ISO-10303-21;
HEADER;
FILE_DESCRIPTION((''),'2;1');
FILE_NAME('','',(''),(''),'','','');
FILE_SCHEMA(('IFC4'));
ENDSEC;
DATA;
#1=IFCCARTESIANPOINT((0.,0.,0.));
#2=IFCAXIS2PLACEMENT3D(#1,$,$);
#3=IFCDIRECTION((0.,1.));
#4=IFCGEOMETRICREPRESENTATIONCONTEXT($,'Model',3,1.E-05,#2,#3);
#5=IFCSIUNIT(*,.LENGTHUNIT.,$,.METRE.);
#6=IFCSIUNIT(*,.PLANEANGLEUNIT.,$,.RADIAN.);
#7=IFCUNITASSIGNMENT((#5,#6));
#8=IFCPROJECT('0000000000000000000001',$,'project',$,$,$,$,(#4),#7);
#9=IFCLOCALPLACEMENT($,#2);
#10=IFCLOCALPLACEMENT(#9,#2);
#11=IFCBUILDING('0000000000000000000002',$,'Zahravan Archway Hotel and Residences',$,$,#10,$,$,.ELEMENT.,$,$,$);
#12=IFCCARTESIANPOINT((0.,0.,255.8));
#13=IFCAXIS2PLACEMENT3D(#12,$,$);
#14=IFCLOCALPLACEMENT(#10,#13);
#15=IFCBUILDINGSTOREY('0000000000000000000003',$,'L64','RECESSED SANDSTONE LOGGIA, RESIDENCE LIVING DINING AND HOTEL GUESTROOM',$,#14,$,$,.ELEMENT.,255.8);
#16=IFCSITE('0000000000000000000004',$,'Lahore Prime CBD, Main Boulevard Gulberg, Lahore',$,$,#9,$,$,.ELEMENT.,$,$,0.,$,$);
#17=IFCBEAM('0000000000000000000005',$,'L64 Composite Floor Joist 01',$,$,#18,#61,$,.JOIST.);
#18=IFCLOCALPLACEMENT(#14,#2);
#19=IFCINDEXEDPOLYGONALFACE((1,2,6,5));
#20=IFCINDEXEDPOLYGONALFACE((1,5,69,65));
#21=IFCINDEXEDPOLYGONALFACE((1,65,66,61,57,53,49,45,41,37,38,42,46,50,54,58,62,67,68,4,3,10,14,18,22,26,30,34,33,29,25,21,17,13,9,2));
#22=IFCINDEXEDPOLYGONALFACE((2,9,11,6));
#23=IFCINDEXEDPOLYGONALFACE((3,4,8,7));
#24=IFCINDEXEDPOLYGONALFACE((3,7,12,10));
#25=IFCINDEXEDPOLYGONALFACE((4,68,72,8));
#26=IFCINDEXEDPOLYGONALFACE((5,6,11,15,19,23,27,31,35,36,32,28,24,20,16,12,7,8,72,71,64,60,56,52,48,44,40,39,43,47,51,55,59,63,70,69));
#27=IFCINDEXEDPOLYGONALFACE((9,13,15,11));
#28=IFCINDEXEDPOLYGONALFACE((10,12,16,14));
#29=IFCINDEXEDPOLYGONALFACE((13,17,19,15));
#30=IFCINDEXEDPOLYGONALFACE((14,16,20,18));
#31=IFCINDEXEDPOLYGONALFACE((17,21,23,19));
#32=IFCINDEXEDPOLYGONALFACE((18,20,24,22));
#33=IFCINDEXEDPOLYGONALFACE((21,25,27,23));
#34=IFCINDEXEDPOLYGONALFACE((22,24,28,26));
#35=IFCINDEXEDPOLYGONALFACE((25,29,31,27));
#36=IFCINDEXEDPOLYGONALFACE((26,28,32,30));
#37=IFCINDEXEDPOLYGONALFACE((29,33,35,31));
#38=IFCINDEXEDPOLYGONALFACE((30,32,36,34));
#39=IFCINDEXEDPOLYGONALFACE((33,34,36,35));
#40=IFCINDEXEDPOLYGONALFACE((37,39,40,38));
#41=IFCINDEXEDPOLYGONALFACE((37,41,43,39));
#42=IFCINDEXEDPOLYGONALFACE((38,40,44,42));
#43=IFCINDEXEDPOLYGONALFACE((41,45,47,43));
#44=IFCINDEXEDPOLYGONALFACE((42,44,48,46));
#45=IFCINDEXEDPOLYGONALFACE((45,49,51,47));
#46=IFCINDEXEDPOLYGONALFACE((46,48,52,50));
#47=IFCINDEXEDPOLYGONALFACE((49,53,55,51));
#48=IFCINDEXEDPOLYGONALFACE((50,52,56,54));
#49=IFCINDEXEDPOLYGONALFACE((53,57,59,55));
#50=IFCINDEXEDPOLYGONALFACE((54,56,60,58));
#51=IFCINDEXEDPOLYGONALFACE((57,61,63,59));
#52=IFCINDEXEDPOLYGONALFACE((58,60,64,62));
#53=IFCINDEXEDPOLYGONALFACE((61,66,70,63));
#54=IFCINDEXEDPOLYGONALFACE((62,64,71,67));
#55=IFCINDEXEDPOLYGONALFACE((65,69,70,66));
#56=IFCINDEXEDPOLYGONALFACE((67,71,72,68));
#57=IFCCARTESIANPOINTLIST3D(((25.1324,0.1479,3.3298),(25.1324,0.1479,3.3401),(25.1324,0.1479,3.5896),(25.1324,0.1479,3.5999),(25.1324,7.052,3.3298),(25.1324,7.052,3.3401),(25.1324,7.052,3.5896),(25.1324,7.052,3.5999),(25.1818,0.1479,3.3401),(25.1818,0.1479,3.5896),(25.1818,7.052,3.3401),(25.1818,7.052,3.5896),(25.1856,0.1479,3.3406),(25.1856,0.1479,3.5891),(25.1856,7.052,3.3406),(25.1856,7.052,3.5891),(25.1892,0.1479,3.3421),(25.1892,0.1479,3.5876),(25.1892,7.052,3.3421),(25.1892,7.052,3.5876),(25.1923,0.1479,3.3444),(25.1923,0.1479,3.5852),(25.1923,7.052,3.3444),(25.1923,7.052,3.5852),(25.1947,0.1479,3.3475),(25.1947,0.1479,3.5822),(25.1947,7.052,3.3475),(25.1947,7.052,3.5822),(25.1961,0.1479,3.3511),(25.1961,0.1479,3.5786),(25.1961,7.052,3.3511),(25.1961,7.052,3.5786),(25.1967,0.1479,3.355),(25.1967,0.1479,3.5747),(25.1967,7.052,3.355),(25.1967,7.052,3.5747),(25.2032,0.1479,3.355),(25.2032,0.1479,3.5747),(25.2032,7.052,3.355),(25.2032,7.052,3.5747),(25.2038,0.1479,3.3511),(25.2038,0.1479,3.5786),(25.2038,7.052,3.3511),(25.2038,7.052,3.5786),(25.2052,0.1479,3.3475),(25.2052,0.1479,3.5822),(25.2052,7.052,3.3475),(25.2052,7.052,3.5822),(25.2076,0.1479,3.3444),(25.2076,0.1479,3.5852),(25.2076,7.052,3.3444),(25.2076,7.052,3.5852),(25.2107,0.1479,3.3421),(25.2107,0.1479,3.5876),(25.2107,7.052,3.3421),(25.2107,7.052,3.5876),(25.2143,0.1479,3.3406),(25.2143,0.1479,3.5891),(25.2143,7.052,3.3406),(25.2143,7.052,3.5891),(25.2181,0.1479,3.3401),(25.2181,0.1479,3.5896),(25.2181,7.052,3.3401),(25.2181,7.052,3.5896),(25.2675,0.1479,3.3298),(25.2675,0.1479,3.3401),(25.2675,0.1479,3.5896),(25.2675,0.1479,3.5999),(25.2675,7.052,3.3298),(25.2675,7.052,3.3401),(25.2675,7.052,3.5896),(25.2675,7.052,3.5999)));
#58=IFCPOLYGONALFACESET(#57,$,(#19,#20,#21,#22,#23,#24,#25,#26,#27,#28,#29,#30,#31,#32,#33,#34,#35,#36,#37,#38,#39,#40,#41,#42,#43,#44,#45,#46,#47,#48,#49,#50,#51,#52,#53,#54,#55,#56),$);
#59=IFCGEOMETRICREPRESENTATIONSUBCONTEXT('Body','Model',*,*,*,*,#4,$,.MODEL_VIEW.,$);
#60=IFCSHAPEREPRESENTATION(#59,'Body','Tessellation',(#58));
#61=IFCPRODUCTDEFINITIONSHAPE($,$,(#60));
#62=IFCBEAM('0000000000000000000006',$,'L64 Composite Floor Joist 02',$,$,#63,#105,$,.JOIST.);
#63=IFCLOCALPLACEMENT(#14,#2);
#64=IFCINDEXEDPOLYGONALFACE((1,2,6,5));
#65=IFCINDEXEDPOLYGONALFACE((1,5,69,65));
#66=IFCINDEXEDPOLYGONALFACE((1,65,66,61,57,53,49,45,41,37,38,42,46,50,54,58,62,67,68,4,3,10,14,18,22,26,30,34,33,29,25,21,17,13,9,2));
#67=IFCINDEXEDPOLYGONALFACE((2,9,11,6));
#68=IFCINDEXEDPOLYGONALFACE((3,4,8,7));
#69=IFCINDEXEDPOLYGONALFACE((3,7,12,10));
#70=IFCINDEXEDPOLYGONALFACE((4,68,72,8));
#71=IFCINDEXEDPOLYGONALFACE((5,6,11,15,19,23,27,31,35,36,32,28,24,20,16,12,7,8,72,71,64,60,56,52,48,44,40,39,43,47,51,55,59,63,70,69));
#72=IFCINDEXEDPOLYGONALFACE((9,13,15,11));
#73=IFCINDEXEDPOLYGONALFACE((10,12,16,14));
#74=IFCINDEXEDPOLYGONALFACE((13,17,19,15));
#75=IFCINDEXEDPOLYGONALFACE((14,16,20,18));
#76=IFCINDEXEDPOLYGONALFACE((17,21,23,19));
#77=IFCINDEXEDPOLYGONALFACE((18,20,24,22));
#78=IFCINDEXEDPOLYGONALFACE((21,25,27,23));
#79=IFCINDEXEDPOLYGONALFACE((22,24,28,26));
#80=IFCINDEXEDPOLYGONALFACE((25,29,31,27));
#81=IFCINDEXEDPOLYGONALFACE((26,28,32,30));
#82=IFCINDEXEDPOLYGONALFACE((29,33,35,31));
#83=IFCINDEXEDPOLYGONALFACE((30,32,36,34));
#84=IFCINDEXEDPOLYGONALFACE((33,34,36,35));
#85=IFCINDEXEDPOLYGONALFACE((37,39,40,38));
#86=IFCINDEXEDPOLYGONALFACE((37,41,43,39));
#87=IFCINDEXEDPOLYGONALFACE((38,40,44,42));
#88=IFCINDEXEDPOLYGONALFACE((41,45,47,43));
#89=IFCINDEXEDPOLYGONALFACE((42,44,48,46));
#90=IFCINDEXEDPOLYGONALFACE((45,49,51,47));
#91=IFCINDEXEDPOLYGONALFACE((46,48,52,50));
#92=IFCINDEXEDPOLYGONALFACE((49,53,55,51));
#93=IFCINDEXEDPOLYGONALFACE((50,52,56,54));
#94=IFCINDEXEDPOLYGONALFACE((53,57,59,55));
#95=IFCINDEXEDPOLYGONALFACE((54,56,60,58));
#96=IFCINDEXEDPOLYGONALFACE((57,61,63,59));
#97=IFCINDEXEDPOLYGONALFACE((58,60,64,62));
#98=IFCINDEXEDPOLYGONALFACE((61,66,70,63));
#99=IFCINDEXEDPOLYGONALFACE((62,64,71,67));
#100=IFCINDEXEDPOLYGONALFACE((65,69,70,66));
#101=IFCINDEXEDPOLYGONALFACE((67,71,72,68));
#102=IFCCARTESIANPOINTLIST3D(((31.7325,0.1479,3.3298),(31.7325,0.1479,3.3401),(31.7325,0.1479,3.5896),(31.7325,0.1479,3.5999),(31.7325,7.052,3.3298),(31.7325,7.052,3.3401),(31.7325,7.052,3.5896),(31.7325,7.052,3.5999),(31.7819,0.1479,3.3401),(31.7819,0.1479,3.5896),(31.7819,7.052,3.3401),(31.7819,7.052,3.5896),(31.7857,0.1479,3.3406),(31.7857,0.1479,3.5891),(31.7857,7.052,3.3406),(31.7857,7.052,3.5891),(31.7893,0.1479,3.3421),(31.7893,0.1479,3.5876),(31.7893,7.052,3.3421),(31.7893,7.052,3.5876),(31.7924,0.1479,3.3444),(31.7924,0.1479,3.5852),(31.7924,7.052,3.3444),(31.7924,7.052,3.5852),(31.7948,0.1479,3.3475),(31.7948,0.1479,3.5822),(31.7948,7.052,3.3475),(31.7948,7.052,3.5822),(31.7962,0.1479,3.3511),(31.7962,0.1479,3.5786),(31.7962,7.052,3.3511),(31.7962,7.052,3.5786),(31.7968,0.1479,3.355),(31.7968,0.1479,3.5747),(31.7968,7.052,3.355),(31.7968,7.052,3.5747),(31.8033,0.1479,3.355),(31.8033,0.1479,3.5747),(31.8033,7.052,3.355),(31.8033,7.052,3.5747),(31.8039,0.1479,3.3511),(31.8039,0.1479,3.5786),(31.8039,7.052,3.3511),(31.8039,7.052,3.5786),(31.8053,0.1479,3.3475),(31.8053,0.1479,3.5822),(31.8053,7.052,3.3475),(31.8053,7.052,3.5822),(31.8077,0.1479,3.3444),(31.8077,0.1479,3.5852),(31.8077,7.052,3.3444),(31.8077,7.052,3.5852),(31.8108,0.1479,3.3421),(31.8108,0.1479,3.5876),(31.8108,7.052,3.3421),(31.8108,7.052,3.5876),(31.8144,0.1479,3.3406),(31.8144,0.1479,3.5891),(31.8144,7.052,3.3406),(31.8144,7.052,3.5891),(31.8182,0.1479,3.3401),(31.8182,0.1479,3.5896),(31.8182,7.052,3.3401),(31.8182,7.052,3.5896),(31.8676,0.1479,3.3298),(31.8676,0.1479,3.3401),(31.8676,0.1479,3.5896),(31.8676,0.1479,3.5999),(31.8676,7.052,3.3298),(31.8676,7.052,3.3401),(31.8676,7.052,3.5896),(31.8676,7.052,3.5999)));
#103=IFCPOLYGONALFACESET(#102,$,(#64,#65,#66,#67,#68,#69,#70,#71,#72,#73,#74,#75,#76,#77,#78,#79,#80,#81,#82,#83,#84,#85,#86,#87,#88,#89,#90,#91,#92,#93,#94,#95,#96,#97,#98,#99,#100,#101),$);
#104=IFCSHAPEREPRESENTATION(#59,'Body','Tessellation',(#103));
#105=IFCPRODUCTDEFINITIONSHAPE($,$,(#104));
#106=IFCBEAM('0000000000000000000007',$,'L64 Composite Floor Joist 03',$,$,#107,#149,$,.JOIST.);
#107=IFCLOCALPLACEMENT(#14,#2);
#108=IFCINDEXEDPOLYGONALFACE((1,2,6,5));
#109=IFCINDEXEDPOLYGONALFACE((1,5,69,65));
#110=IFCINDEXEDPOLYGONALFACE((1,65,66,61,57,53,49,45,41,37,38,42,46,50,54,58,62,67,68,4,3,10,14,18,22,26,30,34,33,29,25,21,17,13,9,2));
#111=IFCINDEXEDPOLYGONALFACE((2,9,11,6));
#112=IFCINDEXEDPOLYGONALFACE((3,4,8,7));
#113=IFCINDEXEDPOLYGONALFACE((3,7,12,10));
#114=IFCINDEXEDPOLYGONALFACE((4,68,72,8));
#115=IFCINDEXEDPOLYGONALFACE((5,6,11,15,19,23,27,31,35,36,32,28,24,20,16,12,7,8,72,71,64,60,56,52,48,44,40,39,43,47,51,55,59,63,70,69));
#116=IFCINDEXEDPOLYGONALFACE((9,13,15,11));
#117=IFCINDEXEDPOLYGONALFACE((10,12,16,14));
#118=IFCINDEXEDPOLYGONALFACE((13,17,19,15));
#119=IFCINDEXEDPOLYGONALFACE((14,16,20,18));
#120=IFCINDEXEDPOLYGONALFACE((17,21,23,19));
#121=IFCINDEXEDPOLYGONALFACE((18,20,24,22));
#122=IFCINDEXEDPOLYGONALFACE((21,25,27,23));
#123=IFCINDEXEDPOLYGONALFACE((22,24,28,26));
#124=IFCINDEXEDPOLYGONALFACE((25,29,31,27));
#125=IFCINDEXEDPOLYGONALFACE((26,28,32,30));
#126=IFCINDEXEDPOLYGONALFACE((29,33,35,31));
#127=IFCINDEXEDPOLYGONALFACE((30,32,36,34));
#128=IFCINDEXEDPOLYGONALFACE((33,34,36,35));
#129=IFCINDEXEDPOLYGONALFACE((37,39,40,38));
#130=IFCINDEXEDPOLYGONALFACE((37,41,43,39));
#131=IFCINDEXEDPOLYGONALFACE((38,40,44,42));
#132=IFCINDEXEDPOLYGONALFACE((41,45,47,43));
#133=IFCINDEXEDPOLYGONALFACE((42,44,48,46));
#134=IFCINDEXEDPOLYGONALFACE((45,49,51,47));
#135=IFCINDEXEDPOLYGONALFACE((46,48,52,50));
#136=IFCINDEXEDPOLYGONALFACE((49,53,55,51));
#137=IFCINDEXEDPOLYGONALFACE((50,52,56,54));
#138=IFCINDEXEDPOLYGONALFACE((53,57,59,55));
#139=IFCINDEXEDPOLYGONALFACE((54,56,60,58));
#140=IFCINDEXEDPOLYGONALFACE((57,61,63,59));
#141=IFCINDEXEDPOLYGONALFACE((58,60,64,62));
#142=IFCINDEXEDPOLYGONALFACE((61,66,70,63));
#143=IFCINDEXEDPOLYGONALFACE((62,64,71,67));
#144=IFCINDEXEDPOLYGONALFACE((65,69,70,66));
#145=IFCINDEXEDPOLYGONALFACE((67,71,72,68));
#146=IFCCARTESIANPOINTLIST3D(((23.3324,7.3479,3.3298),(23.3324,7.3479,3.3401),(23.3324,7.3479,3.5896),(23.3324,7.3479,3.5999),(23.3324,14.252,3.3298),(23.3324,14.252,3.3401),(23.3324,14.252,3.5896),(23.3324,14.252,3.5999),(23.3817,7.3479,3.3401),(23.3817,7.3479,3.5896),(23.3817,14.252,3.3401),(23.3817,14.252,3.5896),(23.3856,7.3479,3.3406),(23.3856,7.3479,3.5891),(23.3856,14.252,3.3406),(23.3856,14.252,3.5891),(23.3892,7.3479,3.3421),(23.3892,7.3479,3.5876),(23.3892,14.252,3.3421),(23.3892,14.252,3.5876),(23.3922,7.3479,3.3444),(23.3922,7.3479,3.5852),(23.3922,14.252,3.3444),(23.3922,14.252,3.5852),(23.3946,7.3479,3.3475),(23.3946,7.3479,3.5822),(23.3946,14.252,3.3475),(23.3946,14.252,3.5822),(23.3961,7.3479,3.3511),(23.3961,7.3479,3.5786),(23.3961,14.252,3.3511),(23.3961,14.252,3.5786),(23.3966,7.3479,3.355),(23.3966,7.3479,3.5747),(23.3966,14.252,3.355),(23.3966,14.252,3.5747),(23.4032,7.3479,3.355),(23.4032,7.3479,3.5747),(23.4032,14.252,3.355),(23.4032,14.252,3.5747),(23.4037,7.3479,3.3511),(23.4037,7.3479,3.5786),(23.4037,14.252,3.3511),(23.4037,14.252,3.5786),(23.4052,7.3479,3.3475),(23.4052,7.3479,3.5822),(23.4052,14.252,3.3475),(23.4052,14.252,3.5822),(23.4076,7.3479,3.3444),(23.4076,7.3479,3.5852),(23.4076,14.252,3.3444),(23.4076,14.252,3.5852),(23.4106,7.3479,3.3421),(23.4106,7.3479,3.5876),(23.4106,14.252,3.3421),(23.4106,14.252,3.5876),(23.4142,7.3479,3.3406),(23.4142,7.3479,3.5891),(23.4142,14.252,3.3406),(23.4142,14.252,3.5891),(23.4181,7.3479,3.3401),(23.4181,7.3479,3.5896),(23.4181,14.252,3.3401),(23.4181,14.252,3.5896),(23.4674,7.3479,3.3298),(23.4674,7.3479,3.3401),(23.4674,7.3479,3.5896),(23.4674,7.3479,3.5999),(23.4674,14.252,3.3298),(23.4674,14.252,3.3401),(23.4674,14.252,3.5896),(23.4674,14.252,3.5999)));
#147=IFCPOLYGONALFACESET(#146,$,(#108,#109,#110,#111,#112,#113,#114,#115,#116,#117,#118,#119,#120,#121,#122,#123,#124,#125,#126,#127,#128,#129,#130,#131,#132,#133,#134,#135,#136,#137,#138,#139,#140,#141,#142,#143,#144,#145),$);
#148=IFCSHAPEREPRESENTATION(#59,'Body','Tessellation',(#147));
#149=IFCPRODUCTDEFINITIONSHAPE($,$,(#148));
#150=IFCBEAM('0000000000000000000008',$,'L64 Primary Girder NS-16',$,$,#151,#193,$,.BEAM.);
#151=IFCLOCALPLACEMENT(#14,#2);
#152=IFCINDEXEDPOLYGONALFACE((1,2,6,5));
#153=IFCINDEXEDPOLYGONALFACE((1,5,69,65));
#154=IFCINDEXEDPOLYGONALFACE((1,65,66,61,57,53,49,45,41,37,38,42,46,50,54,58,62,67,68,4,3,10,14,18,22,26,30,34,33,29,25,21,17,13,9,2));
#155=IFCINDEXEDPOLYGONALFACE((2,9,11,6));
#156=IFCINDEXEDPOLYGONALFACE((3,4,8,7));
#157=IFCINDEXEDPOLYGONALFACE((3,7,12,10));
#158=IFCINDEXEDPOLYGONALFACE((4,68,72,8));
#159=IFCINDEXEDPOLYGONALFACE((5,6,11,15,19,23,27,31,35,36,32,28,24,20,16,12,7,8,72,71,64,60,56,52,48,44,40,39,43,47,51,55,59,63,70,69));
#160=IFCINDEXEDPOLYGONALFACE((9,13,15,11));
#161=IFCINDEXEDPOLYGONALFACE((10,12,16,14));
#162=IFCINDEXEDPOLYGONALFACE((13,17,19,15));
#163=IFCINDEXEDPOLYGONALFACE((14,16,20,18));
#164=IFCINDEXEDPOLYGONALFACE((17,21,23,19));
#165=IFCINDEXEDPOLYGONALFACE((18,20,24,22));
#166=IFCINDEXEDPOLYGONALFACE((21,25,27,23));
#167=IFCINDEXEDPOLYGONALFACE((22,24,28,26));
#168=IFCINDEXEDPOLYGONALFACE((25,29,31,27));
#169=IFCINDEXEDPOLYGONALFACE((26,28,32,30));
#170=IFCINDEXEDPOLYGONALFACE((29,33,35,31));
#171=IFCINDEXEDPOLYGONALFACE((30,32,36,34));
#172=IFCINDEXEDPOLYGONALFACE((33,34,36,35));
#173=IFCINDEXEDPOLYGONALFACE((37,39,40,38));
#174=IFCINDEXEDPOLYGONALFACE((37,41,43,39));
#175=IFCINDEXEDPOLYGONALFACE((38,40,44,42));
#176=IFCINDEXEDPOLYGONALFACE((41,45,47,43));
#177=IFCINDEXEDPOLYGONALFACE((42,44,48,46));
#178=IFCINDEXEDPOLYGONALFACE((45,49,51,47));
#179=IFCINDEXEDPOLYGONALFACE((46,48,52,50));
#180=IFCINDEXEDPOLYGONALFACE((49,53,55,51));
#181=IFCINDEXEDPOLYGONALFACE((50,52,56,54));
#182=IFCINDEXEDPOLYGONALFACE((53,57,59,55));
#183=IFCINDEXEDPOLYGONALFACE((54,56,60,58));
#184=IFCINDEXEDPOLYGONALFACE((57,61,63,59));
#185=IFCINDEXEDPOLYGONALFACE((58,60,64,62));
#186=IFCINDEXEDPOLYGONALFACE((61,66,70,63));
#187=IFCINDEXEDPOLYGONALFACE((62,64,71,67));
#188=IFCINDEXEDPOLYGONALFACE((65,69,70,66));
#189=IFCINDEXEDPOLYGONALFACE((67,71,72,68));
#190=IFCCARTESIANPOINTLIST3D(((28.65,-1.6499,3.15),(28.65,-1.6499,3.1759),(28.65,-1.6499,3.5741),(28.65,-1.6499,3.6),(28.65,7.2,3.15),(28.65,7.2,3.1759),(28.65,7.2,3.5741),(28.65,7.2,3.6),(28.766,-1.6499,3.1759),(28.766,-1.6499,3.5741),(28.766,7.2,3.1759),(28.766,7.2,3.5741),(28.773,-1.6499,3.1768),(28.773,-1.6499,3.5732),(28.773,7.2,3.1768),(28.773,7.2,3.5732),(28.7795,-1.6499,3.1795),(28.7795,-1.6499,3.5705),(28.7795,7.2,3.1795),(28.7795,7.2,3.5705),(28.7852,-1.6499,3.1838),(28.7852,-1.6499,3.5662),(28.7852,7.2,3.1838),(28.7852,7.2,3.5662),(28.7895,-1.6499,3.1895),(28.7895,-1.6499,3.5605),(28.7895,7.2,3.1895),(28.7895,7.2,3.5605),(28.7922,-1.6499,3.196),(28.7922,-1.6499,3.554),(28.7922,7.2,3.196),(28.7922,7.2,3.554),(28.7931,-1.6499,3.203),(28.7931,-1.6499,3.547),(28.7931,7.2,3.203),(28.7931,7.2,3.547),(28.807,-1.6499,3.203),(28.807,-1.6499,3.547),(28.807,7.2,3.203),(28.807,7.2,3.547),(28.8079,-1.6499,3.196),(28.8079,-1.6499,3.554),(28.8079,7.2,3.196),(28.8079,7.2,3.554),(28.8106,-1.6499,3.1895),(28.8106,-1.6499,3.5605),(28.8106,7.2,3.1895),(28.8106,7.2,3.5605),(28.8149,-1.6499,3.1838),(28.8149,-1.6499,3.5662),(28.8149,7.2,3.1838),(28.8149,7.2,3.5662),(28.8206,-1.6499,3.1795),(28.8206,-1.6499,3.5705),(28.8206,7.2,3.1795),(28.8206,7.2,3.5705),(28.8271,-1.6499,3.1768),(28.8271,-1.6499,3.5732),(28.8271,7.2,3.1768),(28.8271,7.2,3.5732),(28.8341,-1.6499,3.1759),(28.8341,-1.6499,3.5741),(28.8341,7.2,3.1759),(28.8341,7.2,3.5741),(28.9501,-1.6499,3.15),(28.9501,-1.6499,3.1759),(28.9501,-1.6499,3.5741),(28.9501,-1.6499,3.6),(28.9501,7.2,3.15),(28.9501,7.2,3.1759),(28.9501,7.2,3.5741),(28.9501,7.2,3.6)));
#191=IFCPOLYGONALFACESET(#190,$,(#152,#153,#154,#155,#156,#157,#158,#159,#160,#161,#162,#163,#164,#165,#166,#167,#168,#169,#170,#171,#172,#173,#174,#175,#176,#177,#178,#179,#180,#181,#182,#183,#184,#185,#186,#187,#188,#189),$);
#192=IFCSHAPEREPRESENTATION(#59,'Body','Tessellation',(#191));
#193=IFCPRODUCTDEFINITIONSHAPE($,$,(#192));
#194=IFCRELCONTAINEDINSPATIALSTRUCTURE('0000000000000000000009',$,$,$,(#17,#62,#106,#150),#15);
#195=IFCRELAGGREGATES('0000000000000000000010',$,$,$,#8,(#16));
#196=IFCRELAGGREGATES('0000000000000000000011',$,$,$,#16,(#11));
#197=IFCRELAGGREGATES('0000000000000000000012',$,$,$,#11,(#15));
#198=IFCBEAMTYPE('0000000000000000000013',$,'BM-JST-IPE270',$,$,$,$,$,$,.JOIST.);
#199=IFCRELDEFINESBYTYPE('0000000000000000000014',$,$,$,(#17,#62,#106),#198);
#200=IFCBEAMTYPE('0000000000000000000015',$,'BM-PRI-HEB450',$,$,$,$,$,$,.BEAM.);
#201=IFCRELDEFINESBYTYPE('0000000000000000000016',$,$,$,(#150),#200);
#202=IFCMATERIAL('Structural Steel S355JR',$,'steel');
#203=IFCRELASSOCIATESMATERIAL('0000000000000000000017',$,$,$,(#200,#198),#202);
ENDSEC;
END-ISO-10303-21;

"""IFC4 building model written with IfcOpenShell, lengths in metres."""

from ifc_helpers import new_model, si_unit, direction, frame, origin, origin_2d, place, context, subcontext, project, spatial, i_section, extrude, source, transform, mapped, material, material_profile, profile_set, type_object, type_shapes, element, save


model = new_model("IFC4")

# Units and contexts
model_context = context("Model", 3, precision=1e-05, world=origin(), true_north=direction((0.0, 1.0)))
body_context = subcontext(model_context, "Body", "Model", "MODEL_VIEW")
ifc_project = project(units=[si_unit("LENGTHUNIT", "METRE"), si_unit("PLANEANGLEUNIT", "RADIAN")], contexts=[model_context])

# Site, building, storey
site_placement = place(None, origin())
site = spatial("IfcSite", under=ifc_project, at=site_placement, Name="Lahore Prime CBD, Main Boulevard Gulberg, Lahore", CompositionType="ELEMENT", RefElevation=0.0)
building_placement = place(site_placement, origin())
building = spatial("IfcBuilding", under=site, at=building_placement, Name="Zahravan Archway Hotel and Residences", CompositionType="ELEMENT")
storey_placement = place(building_placement, frame((0.0, 0.0, 255.8)))
storey = spatial("IfcBuildingStorey", under=building, at=storey_placement, Name="L64", Description="RECESSED SANDSTONE LOGGIA, RESIDENCE LIVING DINING AND HOTEL GUESTROOM", CompositionType="ELEMENT", Elevation=255.8)

# Beams
ifc_material_1 = material(Name="Structural Steel S355JR", Category="steel")
ifc_material_profile_1 = material_profile(ifc_material_1, i_section(OverallWidth=0.3, OverallDepth=0.45, WebThickness=0.0139, FlangeThickness=0.0259, FilletRadius=0.0271, at=origin_2d()), Name="HEB 450", Category="steel")
ifc_profile_set_1 = profile_set([ifc_material_profile_1], Name="Structural Steel S355JR")
beam_type_1 = type_object("IfcBeamType", Name="BM-PRI-HEB450", PredefinedType="BEAM", material=ifc_profile_set_1)
ifc_material_profile_2 = material_profile(ifc_material_1, i_section(OverallWidth=0.135, OverallDepth=0.27, WebThickness=0.0066, FlangeThickness=0.0103, FilletRadius=0.0149, at=origin_2d()), Name="IPE 270", Category="steel")
ifc_profile_set_2 = profile_set([ifc_material_profile_2], Name="Structural Steel S355JR")
beam_type_2 = type_object("IfcBeamType", Name="BM-JST-IPE270", PredefinedType="JOIST", material=ifc_profile_set_2)
shared_shape_1 = source(origin(), body_context, "Body", "SweptSolid", [
    extrude(i_section(OverallWidth=0.135, OverallDepth=0.27, WebThickness=0.0066, FlangeThickness=0.0103, FilletRadius=0.0149, at=origin_2d()), origin(), (0.0, 0.0, 1.0), 6.9041),
])
type_shapes(beam_type_2, [shared_shape_1])
for number, where, z_axis, x_axis, name in (
    (1, (25.2, 0.1479, 3.4648), (0.0, 1.0, 0.0), (-1.0, 0.0, 0.0), "L64 Composite Floor Joist 01"),
    (2, (31.8, 0.1479, 3.4648), (0.0, 1.0, 0.0), (-1.0, 0.0, 0.0), "L64 Composite Floor Joist 02"),
    (3, (23.3999, 7.3479, 3.4648), (0.0, 1.0, 0.0), (-1.0, 0.0, 0.0), "L64 Composite Floor Joist 03"),
):
    element("IfcBeam", number, at=place(storey_placement, frame(where, z_axis=z_axis, x_axis=x_axis)), inside=storey, type_object=beam_type_2, Name=name, PredefinedType="JOIST", context=body_context, shape_type="MappedRepresentation", body=[
        mapped(shared_shape_1, transform((0.0, 0.0, 0.0), scale=1.0)),
    ])
shared_shape_2 = source(origin(), body_context, "Body", "SweptSolid", [
    extrude(i_section(OverallWidth=0.3, OverallDepth=0.45, WebThickness=0.0139, FlangeThickness=0.0259, FilletRadius=0.0271, at=origin_2d()), origin(), (0.0, 0.0, 1.0), 8.8499),
])
beam_1_placement = place(storey_placement, frame((28.8, -1.6499, 3.375), z_axis=(0.0, 1.0, 0.0), x_axis=(-1.0, 0.0, 0.0)))
element("IfcBeam", 4, at=beam_1_placement, inside=storey, type_object=beam_type_1, Name="L64 Primary Girder NS-16", PredefinedType="BEAM", context=body_context, shape_type="MappedRepresentation", body=[
    mapped(shared_shape_2, transform((0.0, 0.0, 0.0), scale=1.0)),
])

save(model, "model.ifc")
